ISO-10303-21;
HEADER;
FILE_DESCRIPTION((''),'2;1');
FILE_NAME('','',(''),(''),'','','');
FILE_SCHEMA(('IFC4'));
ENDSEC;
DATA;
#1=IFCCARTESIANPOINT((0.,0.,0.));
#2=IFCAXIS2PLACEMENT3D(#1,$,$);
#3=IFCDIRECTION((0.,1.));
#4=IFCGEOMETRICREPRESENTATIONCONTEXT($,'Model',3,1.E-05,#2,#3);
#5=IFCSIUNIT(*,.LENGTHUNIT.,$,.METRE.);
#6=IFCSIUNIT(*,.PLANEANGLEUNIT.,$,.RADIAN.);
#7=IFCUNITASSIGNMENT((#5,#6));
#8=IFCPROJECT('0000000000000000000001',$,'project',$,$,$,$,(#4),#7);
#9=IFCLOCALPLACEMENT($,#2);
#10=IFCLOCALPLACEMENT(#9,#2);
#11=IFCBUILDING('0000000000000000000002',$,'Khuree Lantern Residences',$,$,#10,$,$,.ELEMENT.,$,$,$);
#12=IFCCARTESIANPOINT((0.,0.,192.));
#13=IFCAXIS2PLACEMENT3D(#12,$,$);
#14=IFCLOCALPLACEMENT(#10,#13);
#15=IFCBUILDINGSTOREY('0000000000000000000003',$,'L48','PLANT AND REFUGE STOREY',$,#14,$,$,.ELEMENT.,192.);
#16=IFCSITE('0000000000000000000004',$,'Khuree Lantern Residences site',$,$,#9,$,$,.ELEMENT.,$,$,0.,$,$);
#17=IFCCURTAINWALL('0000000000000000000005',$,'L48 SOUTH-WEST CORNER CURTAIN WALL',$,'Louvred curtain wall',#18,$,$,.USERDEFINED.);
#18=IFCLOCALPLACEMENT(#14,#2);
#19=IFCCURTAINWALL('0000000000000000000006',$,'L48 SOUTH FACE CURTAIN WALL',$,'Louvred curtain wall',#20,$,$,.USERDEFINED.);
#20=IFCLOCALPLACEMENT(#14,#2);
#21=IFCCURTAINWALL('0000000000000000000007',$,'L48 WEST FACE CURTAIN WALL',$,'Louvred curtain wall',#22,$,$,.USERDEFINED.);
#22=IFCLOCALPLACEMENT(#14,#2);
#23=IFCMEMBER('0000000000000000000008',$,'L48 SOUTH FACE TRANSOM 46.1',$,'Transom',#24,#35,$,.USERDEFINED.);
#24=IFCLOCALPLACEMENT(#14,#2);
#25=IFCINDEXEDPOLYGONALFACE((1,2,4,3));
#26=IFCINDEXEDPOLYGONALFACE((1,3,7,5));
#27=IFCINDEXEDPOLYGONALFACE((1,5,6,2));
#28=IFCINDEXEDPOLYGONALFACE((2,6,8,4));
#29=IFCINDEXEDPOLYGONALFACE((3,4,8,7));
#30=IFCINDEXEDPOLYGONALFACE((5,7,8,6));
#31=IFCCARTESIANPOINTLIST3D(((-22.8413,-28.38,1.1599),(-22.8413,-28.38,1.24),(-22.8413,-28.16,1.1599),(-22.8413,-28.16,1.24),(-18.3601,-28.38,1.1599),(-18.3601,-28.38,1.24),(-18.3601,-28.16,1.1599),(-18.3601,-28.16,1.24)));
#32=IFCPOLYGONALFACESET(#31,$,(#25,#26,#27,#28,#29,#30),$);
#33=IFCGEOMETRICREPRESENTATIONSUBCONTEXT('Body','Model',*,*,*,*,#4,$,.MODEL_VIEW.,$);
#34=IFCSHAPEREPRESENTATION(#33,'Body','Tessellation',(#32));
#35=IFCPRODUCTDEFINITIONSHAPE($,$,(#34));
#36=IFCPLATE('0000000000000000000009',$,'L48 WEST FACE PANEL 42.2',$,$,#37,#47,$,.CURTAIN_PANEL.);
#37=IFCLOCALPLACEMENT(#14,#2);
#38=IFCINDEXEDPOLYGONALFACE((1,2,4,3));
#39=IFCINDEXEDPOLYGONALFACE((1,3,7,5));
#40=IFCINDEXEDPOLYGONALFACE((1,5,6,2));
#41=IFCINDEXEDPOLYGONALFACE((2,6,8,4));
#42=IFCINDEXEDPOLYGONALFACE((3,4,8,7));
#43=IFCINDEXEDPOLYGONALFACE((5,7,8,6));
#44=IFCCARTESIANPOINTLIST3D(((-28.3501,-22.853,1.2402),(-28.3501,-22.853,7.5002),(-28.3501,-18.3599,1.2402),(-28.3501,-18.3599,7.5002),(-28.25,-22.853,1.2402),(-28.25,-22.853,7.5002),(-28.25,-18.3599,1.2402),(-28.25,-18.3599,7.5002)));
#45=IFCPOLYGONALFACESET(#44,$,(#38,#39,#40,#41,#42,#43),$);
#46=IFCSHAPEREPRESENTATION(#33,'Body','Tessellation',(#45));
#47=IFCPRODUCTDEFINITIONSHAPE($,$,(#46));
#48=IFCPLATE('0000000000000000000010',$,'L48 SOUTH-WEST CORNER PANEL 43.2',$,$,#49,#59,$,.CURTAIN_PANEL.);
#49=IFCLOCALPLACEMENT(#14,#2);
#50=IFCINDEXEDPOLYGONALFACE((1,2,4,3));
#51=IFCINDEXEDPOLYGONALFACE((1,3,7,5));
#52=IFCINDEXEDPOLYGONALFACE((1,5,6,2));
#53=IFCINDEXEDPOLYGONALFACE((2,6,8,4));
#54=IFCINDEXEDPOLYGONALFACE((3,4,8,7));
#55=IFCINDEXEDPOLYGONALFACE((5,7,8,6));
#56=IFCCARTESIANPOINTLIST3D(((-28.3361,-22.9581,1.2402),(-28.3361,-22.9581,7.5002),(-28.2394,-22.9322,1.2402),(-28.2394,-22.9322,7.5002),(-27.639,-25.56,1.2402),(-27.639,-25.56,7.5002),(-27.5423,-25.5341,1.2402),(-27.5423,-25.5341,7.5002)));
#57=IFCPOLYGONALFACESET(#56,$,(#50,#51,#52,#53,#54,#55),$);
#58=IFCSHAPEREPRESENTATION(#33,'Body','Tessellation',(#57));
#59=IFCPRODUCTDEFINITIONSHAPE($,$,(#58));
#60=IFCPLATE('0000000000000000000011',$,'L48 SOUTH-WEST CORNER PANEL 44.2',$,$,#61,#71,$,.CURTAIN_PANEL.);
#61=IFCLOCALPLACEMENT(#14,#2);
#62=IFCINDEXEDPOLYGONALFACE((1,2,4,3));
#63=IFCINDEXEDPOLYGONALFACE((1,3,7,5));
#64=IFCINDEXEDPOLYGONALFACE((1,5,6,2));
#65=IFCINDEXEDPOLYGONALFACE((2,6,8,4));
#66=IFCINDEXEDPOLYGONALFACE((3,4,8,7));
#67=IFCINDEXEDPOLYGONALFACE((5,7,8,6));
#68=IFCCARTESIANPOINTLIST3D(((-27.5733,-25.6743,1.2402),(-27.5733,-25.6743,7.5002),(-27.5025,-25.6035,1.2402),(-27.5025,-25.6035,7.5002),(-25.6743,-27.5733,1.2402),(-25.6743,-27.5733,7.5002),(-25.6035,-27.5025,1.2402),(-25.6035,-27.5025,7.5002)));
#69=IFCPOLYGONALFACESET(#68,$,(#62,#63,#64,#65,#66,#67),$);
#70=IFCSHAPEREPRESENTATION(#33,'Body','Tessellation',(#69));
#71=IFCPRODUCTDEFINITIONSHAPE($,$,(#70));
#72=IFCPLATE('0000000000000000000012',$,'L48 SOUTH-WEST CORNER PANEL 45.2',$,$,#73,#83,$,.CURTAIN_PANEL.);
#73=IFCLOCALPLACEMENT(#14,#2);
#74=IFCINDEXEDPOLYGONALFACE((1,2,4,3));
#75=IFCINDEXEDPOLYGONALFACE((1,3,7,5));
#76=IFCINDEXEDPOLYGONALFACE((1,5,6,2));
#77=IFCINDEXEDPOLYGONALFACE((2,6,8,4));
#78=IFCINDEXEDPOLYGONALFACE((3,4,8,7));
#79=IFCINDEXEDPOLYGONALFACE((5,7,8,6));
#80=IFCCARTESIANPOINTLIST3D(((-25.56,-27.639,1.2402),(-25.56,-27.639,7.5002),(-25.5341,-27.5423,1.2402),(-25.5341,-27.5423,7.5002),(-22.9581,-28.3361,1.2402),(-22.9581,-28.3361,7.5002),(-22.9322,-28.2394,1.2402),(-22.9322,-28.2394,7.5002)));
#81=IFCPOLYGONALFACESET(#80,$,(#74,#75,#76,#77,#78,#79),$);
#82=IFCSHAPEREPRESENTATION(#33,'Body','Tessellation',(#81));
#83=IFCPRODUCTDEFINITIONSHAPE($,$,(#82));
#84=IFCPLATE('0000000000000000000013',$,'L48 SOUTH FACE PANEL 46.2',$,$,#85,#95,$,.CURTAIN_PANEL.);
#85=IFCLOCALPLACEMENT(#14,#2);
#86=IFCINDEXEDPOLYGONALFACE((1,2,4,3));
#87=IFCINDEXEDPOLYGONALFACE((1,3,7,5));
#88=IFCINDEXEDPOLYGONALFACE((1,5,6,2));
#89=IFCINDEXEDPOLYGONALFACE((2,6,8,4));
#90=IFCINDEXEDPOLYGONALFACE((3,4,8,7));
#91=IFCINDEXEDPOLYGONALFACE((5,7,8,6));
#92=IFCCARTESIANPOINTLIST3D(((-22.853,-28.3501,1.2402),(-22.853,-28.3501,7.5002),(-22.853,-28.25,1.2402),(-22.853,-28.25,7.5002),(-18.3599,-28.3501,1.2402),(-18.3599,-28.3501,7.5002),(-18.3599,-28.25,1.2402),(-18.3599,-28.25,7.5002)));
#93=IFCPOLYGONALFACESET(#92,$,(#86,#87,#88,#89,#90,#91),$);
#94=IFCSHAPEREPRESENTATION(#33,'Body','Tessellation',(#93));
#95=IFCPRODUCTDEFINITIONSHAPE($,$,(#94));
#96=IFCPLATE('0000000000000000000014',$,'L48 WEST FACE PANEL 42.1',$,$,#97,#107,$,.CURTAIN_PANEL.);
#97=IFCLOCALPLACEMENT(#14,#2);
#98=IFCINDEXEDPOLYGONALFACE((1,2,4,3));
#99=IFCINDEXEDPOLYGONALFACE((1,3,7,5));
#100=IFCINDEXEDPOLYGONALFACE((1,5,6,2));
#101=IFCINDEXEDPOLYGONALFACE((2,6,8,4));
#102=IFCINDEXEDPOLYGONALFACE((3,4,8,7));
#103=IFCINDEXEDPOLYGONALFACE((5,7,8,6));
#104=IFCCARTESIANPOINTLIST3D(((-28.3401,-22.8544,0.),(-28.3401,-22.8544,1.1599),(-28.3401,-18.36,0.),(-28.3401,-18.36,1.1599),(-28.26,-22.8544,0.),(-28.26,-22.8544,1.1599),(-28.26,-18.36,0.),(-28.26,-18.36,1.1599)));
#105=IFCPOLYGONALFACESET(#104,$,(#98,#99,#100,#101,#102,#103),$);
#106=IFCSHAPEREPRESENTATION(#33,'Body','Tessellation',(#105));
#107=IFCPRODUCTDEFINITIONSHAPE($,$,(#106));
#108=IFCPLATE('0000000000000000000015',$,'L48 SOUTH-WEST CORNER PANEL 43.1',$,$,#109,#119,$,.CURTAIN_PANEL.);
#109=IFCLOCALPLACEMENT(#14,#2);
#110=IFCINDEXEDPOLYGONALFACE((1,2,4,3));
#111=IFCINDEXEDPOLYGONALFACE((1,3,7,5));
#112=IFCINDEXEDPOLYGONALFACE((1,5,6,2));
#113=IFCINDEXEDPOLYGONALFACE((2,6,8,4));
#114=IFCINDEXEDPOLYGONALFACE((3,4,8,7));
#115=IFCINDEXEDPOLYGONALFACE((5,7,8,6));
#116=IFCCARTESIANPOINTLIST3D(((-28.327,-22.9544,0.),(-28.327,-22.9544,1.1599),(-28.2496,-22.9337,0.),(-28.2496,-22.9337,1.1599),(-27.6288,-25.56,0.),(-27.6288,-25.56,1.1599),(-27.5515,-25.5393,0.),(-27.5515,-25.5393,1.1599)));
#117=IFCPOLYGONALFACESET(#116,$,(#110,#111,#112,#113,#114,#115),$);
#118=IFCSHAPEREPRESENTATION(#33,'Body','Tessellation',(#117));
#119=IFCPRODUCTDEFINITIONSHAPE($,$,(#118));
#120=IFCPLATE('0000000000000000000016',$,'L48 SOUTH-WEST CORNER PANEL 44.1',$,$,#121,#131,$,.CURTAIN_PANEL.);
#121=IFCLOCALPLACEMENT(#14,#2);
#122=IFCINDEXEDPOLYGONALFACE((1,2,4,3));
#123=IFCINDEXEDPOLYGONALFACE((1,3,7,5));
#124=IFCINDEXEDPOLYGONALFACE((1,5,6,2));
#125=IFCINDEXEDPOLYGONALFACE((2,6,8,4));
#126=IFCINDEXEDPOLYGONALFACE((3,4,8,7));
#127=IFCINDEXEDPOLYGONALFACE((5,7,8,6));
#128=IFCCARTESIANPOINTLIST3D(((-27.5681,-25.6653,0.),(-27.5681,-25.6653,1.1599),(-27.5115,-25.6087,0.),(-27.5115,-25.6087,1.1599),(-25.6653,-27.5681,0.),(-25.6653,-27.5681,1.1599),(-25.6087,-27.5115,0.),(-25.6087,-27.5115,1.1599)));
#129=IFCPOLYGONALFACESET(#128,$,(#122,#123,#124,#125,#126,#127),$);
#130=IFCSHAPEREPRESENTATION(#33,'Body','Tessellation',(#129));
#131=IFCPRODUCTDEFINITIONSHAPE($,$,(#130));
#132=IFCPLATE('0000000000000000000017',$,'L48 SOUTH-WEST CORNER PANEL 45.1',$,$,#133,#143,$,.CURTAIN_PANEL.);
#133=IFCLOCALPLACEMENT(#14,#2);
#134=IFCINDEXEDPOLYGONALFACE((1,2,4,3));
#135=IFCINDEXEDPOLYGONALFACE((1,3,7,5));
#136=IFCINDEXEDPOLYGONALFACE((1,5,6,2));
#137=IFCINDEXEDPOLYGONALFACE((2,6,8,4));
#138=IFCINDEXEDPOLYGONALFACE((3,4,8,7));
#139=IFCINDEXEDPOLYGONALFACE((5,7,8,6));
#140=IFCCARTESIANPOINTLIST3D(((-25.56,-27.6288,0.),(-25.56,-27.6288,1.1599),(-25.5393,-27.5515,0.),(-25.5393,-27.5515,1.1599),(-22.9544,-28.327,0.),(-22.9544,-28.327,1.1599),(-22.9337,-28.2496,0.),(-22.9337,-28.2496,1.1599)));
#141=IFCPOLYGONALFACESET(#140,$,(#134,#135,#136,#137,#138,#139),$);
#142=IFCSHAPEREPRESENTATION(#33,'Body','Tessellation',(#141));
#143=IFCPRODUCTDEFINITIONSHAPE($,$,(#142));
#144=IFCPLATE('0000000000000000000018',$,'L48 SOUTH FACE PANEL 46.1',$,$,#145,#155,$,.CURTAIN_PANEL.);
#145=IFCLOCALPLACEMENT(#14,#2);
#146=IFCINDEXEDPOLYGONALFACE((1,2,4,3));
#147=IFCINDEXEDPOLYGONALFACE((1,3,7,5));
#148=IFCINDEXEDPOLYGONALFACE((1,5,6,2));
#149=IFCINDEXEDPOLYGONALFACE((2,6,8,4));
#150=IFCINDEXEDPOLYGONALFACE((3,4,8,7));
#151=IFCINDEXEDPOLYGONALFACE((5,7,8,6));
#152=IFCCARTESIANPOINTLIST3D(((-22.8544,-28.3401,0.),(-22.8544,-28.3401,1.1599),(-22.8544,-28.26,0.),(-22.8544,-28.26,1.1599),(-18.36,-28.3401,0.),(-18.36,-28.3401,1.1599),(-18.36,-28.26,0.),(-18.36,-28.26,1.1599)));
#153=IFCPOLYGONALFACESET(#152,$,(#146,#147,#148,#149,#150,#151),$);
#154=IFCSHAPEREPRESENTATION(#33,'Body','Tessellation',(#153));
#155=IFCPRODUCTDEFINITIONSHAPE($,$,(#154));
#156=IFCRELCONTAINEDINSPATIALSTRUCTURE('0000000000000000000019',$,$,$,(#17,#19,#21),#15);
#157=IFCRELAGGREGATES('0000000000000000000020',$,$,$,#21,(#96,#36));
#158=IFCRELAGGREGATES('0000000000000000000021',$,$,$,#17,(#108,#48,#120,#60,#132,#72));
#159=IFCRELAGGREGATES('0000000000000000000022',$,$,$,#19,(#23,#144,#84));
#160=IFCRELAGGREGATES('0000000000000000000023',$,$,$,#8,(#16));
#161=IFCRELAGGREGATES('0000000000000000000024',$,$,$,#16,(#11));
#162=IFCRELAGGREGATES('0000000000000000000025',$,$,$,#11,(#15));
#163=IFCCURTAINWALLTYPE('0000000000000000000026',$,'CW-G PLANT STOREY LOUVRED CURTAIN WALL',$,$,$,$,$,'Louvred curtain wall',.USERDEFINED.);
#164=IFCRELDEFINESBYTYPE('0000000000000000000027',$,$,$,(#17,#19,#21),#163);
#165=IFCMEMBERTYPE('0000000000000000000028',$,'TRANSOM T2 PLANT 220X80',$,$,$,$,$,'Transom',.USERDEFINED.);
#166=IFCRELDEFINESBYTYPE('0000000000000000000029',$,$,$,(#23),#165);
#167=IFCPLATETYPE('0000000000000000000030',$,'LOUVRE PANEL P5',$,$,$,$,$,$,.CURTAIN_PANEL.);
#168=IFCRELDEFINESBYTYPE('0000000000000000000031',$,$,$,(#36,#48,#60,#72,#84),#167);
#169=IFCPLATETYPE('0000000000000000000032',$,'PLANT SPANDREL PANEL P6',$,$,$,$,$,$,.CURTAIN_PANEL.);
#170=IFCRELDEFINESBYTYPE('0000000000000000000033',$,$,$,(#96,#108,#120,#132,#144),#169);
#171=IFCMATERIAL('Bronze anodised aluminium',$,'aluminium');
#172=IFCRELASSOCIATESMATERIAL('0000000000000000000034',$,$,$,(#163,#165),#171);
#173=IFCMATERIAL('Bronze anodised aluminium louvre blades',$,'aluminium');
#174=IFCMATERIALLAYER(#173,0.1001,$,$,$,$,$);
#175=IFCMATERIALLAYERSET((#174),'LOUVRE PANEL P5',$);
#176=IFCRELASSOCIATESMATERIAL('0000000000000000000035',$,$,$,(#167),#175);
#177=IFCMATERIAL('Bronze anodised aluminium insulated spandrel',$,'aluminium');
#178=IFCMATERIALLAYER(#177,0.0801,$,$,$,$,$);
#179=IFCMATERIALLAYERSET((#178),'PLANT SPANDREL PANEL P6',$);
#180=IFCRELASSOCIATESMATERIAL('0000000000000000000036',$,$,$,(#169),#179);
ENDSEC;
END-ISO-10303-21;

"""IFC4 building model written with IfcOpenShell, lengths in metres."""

from ifc_helpers import new_model, si_unit, direction, frame, origin, origin_2d, place, context, subcontext, project, spatial, rectangle, extrude, material, layer, layer_set, material_profile, profile_set, type_object, element, aggregate, save


model = new_model("IFC4")

# Units and contexts
model_context = context("Model", 3, precision=1e-05, world=origin(), true_north=direction((0.0, 1.0)))
body_context = subcontext(model_context, "Body", "Model", "MODEL_VIEW")
ifc_project = project(units=[si_unit("LENGTHUNIT", "METRE"), si_unit("PLANEANGLEUNIT", "RADIAN")], contexts=[model_context])

# Site, building, storey
site_placement = place(None, origin())
site = spatial("IfcSite", under=ifc_project, at=site_placement, Name="Khuree Lantern Residences site", CompositionType="ELEMENT", RefElevation=0.0)
building_placement = place(site_placement, origin())
building = spatial("IfcBuilding", under=site, at=building_placement, Name="Khuree Lantern Residences", CompositionType="ELEMENT")
storey_placement = place(building_placement, frame((0.0, 0.0, 192.0)))
storey = spatial("IfcBuildingStorey", under=building, at=storey_placement, Name="L48", Description="PLANT AND REFUGE STOREY", CompositionType="ELEMENT", Elevation=192.0)

# Curtain walls
ifc_material_1 = material(Name="Bronze anodised aluminium", Category="aluminium")
curtain_wall_type = type_object("IfcCurtainWallType", Name="CW-G PLANT STOREY LOUVRED CURTAIN WALL", ElementType="Louvred curtain wall", PredefinedType="USERDEFINED", material=ifc_material_1)
curtain_wall_1_placement = place(storey_placement, origin())
curtain_wall_1 = element("IfcCurtainWall", 1, at=curtain_wall_1_placement, inside=storey, type_object=curtain_wall_type, Name="L48 SOUTH-WEST CORNER CURTAIN WALL", ObjectType="Louvred curtain wall", PredefinedType="USERDEFINED")
curtain_wall_2_placement = place(storey_placement, origin())
curtain_wall_2 = element("IfcCurtainWall", 2, at=curtain_wall_2_placement, inside=storey, type_object=curtain_wall_type, Name="L48 SOUTH FACE CURTAIN WALL", ObjectType="Louvred curtain wall", PredefinedType="USERDEFINED")

# Curtain wall
curtain_wall_3_placement = place(storey_placement, origin())
curtain_wall_3 = element("IfcCurtainWall", 3, at=curtain_wall_3_placement, inside=storey, type_object=curtain_wall_type, Name="L48 WEST FACE CURTAIN WALL", ObjectType="Louvred curtain wall", PredefinedType="USERDEFINED")

# Member
ifc_material_profile_1 = material_profile(ifc_material_1, rectangle(XDim=0.22, YDim=0.0801, at=origin_2d()), Name="T2 220X80")
ifc_profile_set_1 = profile_set([ifc_material_profile_1], Name="Bronze anodised aluminium")
member_type_1 = type_object("IfcMemberType", Name="TRANSOM T2 PLANT 220X80", ElementType="Transom", PredefinedType="USERDEFINED", material=ifc_profile_set_1)
member_1_placement = place(storey_placement, frame((-22.8413, -28.27, 1.2), z_axis=(1.0, 0.0, 0.0), x_axis=(0.0, 1.0, 0.0)))
member_1 = element("IfcMember", 4, at=member_1_placement, type_object=member_type_1, Name="L48 SOUTH FACE TRANSOM 46.1", ObjectType="Transom", PredefinedType="USERDEFINED", context=body_context, shape_type="SweptSolid", body=[
    extrude(rectangle(XDim=0.22, YDim=0.0801, at=origin_2d()), origin(), (0.0, 0.0, 1.0), 4.4812),
])

# Plates
ifc_material_2 = material(Name="Bronze anodised aluminium louvre blades", Category="aluminium")
ifc_layer_1 = layer(ifc_material_2, 0.1001)
ifc_layer_set_1 = layer_set([ifc_layer_1], Name="LOUVRE PANEL P5")
plate_type_1 = type_object("IfcPlateType", Name="LOUVRE PANEL P5", PredefinedType="CURTAIN_PANEL", material=ifc_layer_set_1)
plate_1_placement = place(storey_placement, frame((-28.3, -20.6064, 1.2402), z_axis=(0.0, 0.0, 1.0), x_axis=(0.0, -1.0, 0.0)))
plate_1 = element("IfcPlate", 5, at=plate_1_placement, type_object=plate_type_1, Name="L48 WEST FACE PANEL 42.2", PredefinedType="CURTAIN_PANEL", context=body_context, shape_type="SweptSolid", body=[
    extrude(rectangle(XDim=4.4932, YDim=0.1001, at=origin_2d()), origin(), (0.0, 0.0, 1.0), 6.26),
])
plate_2_placement = place(storey_placement, frame((-27.9392, -24.2461, 1.2402), z_axis=(0.0, 0.0, 1.0), x_axis=(0.258819, -0.965926, 0.0)))
plate_2 = element("IfcPlate", 6, at=plate_2_placement, type_object=plate_type_1, Name="L48 SOUTH-WEST CORNER PANEL 43.2", PredefinedType="CURTAIN_PANEL", context=body_context, shape_type="SweptSolid", body=[
    extrude(rectangle(XDim=2.6936, YDim=0.1001, at=origin_2d()), origin(), (0.0, 0.0, 1.0), 6.26),
])
plate_3_placement = place(storey_placement, frame((-26.5884, -26.5884, 1.2402), z_axis=(0.0, 0.0, 1.0), x_axis=(0.707107, -0.707107, 0.0)))
plate_3 = element("IfcPlate", 7, at=plate_3_placement, type_object=plate_type_1, Name="L48 SOUTH-WEST CORNER PANEL 44.2", PredefinedType="CURTAIN_PANEL", context=body_context, shape_type="SweptSolid", body=[
    extrude(rectangle(XDim=2.6855, YDim=0.1001, at=origin_2d()), origin(), (0.0, 0.0, 1.0), 6.26),
])
plate_4_placement = place(storey_placement, frame((-24.2461, -27.9392, 1.2402), z_axis=(0.0, 0.0, 1.0), x_axis=(0.965926, -0.258819, 0.0)))
plate_4 = element("IfcPlate", 8, at=plate_4_placement, type_object=plate_type_1, Name="L48 SOUTH-WEST CORNER PANEL 45.2", PredefinedType="CURTAIN_PANEL", context=body_context, shape_type="SweptSolid", body=[
    extrude(rectangle(XDim=2.6936, YDim=0.1001, at=origin_2d()), origin(), (0.0, 0.0, 1.0), 6.26),
])
plate_5_placement = place(storey_placement, frame((-20.6064, -28.3, 1.2402), z_axis=(0.0, 0.0, 1.0), x_axis=(1.0, 0.0, 0.0)))
plate_5 = element("IfcPlate", 9, at=plate_5_placement, type_object=plate_type_1, Name="L48 SOUTH FACE PANEL 46.2", PredefinedType="CURTAIN_PANEL", context=body_context, shape_type="SweptSolid", body=[
    extrude(rectangle(XDim=4.4932, YDim=0.1001, at=origin_2d()), origin(), (0.0, 0.0, 1.0), 6.26),
])
ifc_material_3 = material(Name="Bronze anodised aluminium insulated spandrel", Category="aluminium")
ifc_layer_2 = layer(ifc_material_3, 0.0801)
ifc_layer_set_2 = layer_set([ifc_layer_2], Name="PLANT SPANDREL PANEL P6")
plate_type_2 = type_object("IfcPlateType", Name="PLANT SPANDREL PANEL P6", PredefinedType="CURTAIN_PANEL", material=ifc_layer_set_2)
plate_6_placement = place(storey_placement, frame((-28.3, -20.6072, 0.0), z_axis=(0.0, 0.0, 1.0), x_axis=(0.0, -1.0, 0.0)))
plate_6 = element("IfcPlate", 10, at=plate_6_placement, type_object=plate_type_2, Name="L48 WEST FACE PANEL 42.1", PredefinedType="CURTAIN_PANEL", context=body_context, shape_type="SweptSolid", body=[
    extrude(rectangle(XDim=4.4944, YDim=0.0801, at=origin_2d()), origin(), (0.0, 0.0, 1.0), 1.1599),
])
aggregate(curtain_wall_3, [plate_6, plate_1])
plate_7_placement = place(storey_placement, frame((-27.9392, -24.2468, 0.0), z_axis=(0.0, 0.0, 1.0), x_axis=(0.258819, -0.965926, 0.0)))
plate_7 = element("IfcPlate", 11, at=plate_7_placement, type_object=plate_type_2, Name="L48 SOUTH-WEST CORNER PANEL 43.1", PredefinedType="CURTAIN_PANEL", context=body_context, shape_type="SweptSolid", body=[
    extrude(rectangle(XDim=2.6975, YDim=0.0801, at=origin_2d()), origin(), (0.0, 0.0, 1.0), 1.1599),
])
plate_8_placement = place(storey_placement, frame((-26.5884, -26.5884, 0.0), z_axis=(0.0, 0.0, 1.0), x_axis=(0.707107, -0.707107, 0.0)))
plate_8 = element("IfcPlate", 12, at=plate_8_placement, type_object=plate_type_2, Name="L48 SOUTH-WEST CORNER PANEL 44.1", PredefinedType="CURTAIN_PANEL", context=body_context, shape_type="SweptSolid", body=[
    extrude(rectangle(XDim=2.6909, YDim=0.0801, at=origin_2d()), origin(), (0.0, 0.0, 1.0), 1.1599),
])
plate_9_placement = place(storey_placement, frame((-24.2468, -27.9392, 0.0), z_axis=(0.0, 0.0, 1.0), x_axis=(0.965926, -0.258819, 0.0)))
plate_9 = element("IfcPlate", 13, at=plate_9_placement, type_object=plate_type_2, Name="L48 SOUTH-WEST CORNER PANEL 45.1", PredefinedType="CURTAIN_PANEL", context=body_context, shape_type="SweptSolid", body=[
    extrude(rectangle(XDim=2.6975, YDim=0.0801, at=origin_2d()), origin(), (0.0, 0.0, 1.0), 1.1599),
])
aggregate(curtain_wall_1, [plate_7, plate_2, plate_8, plate_3, plate_9, plate_4])
plate_10_placement = place(storey_placement, frame((-20.6072, -28.3, 0.0), z_axis=(0.0, 0.0, 1.0), x_axis=(1.0, 0.0, 0.0)))
plate_10 = element("IfcPlate", 14, at=plate_10_placement, type_object=plate_type_2, Name="L48 SOUTH FACE PANEL 46.1", PredefinedType="CURTAIN_PANEL", context=body_context, shape_type="SweptSolid", body=[
    extrude(rectangle(XDim=4.4944, YDim=0.0801, at=origin_2d()), origin(), (0.0, 0.0, 1.0), 1.1599),
])
aggregate(curtain_wall_2, [member_1, plate_10, plate_5])

save(model, "model.ifc")
